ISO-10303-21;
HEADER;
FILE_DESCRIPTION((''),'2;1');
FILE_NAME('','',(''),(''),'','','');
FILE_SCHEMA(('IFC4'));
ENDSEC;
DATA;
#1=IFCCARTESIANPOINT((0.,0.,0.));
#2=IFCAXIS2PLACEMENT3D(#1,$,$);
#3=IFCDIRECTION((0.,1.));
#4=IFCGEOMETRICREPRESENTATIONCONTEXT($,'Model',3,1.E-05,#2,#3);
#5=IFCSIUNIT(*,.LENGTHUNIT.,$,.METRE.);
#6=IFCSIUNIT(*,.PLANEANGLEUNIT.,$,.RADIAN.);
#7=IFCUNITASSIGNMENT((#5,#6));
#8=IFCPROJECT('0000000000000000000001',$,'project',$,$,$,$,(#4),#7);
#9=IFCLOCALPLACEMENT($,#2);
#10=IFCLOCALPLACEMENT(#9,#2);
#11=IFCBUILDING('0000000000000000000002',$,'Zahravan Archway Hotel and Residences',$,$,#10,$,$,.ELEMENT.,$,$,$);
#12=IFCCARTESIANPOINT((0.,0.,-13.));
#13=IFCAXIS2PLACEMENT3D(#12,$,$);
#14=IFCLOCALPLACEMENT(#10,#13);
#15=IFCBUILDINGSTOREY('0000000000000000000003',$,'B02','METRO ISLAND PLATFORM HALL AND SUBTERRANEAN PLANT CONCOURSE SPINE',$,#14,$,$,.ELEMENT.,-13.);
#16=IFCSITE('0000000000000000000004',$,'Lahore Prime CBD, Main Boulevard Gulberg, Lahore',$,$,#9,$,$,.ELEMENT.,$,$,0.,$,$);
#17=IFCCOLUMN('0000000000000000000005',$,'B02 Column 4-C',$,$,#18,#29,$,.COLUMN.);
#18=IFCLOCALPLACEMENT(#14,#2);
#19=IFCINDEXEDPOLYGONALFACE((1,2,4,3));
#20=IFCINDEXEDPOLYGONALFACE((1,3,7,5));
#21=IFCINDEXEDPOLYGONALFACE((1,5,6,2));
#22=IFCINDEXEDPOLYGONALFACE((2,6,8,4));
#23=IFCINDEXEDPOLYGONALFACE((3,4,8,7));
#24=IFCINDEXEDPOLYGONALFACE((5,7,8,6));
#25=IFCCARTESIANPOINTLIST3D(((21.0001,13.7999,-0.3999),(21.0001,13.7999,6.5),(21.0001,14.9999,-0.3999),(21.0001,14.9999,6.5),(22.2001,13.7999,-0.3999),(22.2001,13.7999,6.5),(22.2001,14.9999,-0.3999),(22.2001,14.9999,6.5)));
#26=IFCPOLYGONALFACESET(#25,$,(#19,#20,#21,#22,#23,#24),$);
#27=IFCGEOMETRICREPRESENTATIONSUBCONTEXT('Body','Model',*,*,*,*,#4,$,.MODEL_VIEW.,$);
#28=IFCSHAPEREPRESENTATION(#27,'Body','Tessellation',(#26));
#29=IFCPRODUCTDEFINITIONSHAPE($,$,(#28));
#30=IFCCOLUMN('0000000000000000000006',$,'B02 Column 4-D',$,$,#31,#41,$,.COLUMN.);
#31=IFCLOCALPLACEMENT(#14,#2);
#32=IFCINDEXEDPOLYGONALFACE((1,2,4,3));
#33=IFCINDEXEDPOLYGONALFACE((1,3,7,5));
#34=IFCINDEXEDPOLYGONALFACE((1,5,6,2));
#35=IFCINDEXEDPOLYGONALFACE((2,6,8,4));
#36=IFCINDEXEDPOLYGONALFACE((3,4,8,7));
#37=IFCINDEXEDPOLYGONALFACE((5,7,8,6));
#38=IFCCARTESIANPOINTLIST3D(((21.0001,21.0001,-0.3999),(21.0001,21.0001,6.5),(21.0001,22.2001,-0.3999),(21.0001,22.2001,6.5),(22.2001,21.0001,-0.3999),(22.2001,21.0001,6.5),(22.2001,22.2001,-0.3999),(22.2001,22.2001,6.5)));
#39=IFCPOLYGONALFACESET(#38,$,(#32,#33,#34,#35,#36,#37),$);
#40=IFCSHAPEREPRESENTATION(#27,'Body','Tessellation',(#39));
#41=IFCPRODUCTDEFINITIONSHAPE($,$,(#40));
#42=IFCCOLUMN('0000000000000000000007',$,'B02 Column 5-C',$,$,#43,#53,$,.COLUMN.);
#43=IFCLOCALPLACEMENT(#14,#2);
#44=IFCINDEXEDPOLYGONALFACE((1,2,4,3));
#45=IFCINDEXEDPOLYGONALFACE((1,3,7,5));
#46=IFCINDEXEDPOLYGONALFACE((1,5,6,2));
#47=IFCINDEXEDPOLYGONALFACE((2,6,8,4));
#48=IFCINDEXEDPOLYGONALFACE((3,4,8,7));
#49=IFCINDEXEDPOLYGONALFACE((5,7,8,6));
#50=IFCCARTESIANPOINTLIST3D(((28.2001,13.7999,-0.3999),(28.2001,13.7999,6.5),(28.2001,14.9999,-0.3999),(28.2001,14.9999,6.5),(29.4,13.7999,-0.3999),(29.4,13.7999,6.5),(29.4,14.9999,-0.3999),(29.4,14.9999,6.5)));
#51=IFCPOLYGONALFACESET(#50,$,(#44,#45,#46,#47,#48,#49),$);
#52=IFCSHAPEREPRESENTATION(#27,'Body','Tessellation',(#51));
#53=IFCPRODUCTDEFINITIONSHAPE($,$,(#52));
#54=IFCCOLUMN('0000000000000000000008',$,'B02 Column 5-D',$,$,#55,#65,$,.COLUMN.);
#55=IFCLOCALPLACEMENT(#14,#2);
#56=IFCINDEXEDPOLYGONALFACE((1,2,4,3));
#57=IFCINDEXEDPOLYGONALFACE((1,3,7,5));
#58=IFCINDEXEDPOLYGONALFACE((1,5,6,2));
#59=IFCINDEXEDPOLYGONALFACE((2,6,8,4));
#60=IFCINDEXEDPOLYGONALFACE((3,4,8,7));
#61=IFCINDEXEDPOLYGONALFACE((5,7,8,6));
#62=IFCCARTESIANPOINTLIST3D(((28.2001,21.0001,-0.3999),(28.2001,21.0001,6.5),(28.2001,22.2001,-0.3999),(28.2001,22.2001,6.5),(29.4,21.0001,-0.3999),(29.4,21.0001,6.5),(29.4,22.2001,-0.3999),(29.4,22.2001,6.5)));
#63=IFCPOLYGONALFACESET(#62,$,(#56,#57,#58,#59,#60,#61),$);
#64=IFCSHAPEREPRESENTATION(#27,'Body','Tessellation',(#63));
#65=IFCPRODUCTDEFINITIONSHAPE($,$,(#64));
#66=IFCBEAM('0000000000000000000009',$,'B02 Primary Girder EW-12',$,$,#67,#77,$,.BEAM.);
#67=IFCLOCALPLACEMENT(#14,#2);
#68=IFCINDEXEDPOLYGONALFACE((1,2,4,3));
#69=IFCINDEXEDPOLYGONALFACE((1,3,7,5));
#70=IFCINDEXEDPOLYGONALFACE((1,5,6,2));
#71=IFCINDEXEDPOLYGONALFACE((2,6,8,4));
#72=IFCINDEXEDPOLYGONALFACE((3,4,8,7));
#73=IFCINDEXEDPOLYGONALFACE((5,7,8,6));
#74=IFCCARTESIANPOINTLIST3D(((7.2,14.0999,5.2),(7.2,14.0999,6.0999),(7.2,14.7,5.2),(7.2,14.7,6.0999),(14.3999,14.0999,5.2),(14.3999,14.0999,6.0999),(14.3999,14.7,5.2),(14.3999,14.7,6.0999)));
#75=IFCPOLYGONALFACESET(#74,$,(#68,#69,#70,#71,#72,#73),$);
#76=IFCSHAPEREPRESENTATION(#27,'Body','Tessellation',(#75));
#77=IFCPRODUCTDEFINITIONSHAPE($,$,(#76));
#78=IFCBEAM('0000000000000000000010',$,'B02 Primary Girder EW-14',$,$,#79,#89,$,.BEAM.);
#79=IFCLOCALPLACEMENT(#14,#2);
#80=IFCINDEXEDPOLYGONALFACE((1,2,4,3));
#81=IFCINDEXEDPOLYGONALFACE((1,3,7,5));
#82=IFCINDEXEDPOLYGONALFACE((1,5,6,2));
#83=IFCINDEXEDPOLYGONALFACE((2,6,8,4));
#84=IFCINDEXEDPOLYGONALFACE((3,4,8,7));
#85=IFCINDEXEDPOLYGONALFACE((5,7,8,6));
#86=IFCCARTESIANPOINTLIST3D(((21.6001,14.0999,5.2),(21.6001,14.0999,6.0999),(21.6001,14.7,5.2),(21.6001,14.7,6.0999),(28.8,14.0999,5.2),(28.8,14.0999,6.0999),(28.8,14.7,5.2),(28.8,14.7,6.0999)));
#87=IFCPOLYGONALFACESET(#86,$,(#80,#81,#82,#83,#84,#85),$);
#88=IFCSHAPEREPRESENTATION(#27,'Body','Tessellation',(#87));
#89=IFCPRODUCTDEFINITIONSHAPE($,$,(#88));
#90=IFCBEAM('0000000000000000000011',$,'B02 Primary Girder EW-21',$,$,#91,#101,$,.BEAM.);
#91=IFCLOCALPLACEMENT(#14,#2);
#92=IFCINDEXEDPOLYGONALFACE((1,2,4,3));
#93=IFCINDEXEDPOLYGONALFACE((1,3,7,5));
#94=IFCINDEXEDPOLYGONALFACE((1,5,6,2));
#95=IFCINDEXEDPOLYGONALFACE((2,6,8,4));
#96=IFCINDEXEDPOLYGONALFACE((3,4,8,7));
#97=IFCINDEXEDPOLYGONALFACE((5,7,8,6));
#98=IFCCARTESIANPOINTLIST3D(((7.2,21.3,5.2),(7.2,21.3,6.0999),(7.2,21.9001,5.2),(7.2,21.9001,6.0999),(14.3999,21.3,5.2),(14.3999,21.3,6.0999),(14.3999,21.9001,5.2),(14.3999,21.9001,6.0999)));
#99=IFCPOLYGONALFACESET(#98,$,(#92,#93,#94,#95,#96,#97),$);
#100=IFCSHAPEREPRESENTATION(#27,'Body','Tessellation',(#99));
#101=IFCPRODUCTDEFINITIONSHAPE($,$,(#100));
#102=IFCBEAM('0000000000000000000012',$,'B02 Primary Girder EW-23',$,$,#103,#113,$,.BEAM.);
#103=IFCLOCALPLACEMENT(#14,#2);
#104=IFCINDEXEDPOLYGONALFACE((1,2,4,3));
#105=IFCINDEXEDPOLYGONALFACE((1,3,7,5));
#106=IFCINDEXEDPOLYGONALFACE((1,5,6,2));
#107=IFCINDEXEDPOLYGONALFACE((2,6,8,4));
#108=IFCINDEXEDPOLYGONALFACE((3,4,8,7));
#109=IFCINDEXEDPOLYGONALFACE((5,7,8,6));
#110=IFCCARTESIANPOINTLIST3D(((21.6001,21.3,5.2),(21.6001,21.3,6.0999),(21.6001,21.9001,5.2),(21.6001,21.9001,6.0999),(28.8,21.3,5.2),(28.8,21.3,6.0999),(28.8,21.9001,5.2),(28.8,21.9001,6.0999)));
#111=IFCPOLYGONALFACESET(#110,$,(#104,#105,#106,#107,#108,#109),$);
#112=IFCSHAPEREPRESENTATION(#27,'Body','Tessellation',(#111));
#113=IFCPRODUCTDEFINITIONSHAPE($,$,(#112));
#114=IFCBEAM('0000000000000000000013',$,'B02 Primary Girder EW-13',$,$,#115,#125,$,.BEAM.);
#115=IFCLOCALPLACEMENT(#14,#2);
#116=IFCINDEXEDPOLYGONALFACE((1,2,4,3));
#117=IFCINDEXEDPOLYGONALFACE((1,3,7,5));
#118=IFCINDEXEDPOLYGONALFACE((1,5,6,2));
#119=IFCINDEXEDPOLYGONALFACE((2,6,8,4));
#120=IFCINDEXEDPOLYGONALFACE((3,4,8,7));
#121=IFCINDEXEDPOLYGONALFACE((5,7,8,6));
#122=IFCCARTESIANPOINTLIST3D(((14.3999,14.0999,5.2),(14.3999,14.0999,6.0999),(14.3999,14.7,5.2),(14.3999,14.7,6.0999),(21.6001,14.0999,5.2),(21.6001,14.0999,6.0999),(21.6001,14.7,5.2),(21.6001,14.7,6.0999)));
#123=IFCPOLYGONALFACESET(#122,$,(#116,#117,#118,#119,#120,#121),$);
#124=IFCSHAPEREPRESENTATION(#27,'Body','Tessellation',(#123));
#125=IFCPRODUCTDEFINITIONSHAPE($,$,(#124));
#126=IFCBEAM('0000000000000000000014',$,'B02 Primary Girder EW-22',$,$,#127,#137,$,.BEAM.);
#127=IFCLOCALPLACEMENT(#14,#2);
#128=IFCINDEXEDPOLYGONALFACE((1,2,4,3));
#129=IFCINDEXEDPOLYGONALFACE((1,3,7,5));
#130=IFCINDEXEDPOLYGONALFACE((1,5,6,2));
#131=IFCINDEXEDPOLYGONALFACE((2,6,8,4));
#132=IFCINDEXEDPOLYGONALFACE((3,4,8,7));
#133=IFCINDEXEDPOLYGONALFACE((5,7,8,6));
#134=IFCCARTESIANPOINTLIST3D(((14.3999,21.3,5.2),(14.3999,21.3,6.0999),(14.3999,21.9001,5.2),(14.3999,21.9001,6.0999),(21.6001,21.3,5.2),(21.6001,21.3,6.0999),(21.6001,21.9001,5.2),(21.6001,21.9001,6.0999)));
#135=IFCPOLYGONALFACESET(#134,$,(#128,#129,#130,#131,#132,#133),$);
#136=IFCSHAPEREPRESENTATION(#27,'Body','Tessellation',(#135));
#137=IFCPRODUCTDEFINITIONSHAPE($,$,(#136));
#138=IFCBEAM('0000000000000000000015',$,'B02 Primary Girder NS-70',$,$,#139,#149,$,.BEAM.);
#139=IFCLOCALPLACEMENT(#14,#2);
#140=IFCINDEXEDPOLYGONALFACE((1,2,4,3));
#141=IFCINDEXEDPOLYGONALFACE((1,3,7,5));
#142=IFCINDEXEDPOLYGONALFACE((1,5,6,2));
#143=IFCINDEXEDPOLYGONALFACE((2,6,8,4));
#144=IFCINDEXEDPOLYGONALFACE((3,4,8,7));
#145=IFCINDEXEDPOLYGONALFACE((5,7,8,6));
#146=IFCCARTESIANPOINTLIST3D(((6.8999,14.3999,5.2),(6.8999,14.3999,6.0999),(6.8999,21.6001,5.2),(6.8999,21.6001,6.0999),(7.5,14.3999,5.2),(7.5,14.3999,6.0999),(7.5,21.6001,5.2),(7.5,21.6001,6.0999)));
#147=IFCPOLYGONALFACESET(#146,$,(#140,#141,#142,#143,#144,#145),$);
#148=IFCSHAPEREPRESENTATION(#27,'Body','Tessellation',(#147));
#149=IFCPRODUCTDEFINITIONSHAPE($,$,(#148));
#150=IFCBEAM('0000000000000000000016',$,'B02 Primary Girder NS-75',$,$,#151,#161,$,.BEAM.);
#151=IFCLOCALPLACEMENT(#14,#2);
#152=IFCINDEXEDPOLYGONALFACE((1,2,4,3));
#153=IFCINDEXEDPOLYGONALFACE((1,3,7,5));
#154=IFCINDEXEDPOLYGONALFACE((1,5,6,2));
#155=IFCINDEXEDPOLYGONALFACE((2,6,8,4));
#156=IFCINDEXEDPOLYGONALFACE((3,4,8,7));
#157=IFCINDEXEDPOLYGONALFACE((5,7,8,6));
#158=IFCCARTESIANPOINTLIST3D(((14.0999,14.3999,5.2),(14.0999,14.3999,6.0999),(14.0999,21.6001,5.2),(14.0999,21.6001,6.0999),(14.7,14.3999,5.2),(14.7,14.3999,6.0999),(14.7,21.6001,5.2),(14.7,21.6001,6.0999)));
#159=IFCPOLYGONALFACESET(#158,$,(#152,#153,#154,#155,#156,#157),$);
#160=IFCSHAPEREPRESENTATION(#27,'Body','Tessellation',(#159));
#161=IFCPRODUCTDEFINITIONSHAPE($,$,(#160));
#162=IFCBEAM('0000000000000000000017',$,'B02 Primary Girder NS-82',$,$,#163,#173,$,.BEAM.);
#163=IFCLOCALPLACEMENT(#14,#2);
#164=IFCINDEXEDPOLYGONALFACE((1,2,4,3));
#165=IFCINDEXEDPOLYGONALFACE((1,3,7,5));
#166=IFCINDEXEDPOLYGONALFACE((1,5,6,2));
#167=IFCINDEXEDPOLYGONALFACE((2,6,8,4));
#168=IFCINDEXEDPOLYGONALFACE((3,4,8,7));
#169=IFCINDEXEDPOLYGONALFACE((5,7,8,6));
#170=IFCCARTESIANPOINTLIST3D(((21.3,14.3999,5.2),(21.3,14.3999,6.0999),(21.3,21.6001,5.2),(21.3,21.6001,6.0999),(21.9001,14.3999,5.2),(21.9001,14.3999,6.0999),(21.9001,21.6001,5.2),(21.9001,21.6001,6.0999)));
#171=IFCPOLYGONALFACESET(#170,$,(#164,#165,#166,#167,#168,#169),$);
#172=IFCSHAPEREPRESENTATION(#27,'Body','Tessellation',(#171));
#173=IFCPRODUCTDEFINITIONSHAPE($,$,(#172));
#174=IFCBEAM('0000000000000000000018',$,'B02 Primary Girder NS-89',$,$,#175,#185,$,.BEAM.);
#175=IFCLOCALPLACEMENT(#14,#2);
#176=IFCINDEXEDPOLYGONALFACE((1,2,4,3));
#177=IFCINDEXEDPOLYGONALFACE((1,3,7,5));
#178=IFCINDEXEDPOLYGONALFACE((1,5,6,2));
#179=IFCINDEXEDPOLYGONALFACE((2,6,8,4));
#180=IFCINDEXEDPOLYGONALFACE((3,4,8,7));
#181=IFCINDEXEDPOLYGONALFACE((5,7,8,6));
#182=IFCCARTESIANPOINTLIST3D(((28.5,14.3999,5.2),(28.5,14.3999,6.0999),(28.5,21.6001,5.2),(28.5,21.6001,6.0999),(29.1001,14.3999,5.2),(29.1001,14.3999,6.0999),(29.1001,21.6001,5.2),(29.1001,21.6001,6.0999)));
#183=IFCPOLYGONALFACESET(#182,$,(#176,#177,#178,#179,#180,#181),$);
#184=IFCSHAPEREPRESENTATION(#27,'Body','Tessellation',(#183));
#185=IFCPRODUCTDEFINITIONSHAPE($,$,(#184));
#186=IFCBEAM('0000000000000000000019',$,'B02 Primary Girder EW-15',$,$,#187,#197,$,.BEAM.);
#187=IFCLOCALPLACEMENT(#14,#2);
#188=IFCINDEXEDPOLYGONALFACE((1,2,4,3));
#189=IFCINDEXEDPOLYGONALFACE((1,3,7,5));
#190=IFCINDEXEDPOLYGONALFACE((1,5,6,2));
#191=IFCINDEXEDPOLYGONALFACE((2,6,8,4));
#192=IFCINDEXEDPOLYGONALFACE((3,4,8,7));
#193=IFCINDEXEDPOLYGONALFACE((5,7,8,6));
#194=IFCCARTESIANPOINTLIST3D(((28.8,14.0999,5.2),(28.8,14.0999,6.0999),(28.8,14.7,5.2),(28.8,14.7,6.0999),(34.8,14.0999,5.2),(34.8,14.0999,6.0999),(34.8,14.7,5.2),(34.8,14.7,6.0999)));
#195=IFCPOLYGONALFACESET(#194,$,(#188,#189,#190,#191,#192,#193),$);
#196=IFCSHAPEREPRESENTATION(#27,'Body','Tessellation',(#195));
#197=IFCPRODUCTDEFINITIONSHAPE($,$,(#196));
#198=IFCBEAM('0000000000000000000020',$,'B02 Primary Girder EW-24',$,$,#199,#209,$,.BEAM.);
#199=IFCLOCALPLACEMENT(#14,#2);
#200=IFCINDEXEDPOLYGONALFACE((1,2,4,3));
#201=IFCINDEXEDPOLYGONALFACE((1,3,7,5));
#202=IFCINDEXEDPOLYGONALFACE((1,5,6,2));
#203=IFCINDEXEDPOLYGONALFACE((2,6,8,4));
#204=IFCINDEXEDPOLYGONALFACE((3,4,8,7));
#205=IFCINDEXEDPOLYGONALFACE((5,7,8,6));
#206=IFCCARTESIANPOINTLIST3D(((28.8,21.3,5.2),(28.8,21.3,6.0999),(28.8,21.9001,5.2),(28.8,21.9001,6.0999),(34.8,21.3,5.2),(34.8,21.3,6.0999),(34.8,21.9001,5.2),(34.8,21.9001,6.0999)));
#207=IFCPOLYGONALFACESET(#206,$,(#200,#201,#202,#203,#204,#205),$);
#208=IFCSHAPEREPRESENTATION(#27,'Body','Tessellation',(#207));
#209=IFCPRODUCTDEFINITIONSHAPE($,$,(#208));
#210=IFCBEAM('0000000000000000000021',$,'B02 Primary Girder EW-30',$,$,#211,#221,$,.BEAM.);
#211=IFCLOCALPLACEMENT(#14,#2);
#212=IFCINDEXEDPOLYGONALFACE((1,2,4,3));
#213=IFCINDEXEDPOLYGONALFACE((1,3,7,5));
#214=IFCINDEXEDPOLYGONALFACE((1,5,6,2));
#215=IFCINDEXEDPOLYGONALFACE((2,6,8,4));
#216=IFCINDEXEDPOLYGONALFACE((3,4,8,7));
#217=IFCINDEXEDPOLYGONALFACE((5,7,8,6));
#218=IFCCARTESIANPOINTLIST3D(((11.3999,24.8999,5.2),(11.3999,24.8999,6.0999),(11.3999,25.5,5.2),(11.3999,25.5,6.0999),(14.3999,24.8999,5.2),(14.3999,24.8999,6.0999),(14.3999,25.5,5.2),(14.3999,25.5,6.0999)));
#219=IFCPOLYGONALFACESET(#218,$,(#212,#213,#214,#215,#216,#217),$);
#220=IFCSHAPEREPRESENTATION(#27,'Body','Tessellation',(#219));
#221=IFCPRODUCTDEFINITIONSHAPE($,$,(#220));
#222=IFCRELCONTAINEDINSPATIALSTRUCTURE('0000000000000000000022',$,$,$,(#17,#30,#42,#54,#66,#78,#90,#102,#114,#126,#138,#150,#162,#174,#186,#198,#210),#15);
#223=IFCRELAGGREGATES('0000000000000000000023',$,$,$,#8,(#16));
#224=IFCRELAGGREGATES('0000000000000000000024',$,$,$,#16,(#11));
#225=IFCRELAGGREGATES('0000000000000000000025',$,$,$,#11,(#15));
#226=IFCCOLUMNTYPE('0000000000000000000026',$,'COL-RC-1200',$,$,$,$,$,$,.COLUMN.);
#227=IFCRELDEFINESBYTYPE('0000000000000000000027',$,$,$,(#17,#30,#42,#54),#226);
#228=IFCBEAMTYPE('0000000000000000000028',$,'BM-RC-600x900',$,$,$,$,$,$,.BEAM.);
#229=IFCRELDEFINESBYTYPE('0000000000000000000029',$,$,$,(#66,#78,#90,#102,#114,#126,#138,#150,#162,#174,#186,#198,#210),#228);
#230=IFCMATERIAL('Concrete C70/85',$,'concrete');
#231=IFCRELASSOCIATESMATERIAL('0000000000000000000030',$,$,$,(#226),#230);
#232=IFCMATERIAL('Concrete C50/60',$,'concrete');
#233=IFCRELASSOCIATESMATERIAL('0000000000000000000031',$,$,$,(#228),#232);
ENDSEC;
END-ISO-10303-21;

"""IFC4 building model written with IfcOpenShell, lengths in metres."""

from ifc_helpers import new_model, si_unit, direction, frame, origin, origin_2d, place, context, subcontext, project, spatial, rectangle, extrude, source, transform, mapped, material, material_profile, profile_set, type_object, type_shapes, element, save


model = new_model("IFC4")

# Units and contexts
model_context = context("Model", 3, precision=1e-05, world=origin(), true_north=direction((0.0, 1.0)))
body_context = subcontext(model_context, "Body", "Model", "MODEL_VIEW")
ifc_project = project(units=[si_unit("LENGTHUNIT", "METRE"), si_unit("PLANEANGLEUNIT", "RADIAN")], contexts=[model_context])

# Site, building, storey
site_placement = place(None, origin())
site = spatial("IfcSite", under=ifc_project, at=site_placement, Name="Lahore Prime CBD, Main Boulevard Gulberg, Lahore", CompositionType="ELEMENT", RefElevation=0.0)
building_placement = place(site_placement, origin())
building = spatial("IfcBuilding", under=site, at=building_placement, Name="Zahravan Archway Hotel and Residences", CompositionType="ELEMENT")
storey_placement = place(building_placement, frame((0.0, 0.0, -13.0)))
storey = spatial("IfcBuildingStorey", under=building, at=storey_placement, Name="B02", Description="METRO ISLAND PLATFORM HALL AND SUBTERRANEAN PLANT CONCOURSE SPINE", CompositionType="ELEMENT", Elevation=-13.0)

# Shared definitions
ifc_material_1 = material(Name="Concrete C50/60", Category="concrete")

# Columns
ifc_material_2 = material(Name="Concrete C70/85", Category="concrete")
ifc_material_profile_1 = material_profile(ifc_material_2, rectangle(XDim=1.2, YDim=1.2, at=origin_2d()), Name="RC-COL-1200x1200", Category="concrete")
ifc_profile_set_1 = profile_set([ifc_material_profile_1], Name="Concrete C70/85")
column_type = type_object("IfcColumnType", Name="COL-RC-1200", PredefinedType="COLUMN", material=ifc_profile_set_1)
shared_shape_1 = source(origin(), body_context, "Body", "SweptSolid", [
    extrude(rectangle(XDim=1.2, YDim=1.2, at=origin_2d()), origin(), (0.0, 0.0, 1.0), 6.8999),
])
type_shapes(column_type, [shared_shape_1])
for number, where, z_axis, x_axis, name in (
    (1, (21.6001, 14.3999, -0.3999), (0.0, 0.0, 1.0), (1.0, 0.0, 0.0), "B02 Column 4-C"),
    (2, (21.6001, 21.6001, -0.3999), (0.0, 0.0, 1.0), (1.0, 0.0, 0.0), "B02 Column 4-D"),
    (3, (28.8, 14.3999, -0.3999), (0.0, 0.0, 1.0), (1.0, 0.0, 0.0), "B02 Column 5-C"),
    (4, (28.8, 21.6001, -0.3999), (0.0, 0.0, 1.0), (1.0, 0.0, 0.0), "B02 Column 5-D"),
):
    element("IfcColumn", number, at=place(storey_placement, frame(where, z_axis=z_axis, x_axis=x_axis)), inside=storey, type_object=column_type, Name=name, PredefinedType="COLUMN", context=body_context, shape_type="MappedRepresentation", body=[
        mapped(shared_shape_1, transform((0.0, 0.0, 0.0), scale=1.0)),
    ])

# Beams
ifc_material_profile_2 = material_profile(ifc_material_1, rectangle(XDim=0.6001, YDim=0.8999, at=origin_2d()), Name="RC-BM-600x900", Category="concrete")
ifc_profile_set_2 = profile_set([ifc_material_profile_2], Name="Concrete C50/60")
beam_type_1 = type_object("IfcBeamType", Name="BM-RC-600x900", PredefinedType="BEAM", material=ifc_profile_set_2)
shared_shape_2 = source(origin(), body_context, "Body", "SweptSolid", [
    extrude(rectangle(XDim=0.6001, YDim=0.8999, at=origin_2d()), origin(), (0.0, 0.0, 1.0), 7.2),
])
for number, where, z_axis, x_axis, name in (
    (5, (7.2, 14.3999, 5.6499), (1.0, 0.0, 0.0), (0.0, 1.0, 0.0), "B02 Primary Girder EW-12"),
    (6, (21.6001, 14.3999, 5.6499), (1.0, 0.0, 0.0), (0.0, 1.0, 0.0), "B02 Primary Girder EW-14"),
    (7, (7.2, 21.6001, 5.6499), (1.0, 0.0, 0.0), (0.0, 1.0, 0.0), "B02 Primary Girder EW-21"),
    (8, (21.6001, 21.6001, 5.6499), (1.0, 0.0, 0.0), (0.0, 1.0, 0.0), "B02 Primary Girder EW-23"),
):
    element("IfcBeam", number, at=place(storey_placement, frame(where, z_axis=z_axis, x_axis=x_axis)), inside=storey, type_object=beam_type_1, Name=name, PredefinedType="BEAM", context=body_context, shape_type="MappedRepresentation", body=[
        mapped(shared_shape_2, transform((0.0, 0.0, 0.0), scale=1.0)),
    ])
shared_shape_3 = source(origin(), body_context, "Body", "SweptSolid", [
    extrude(rectangle(XDim=0.6001, YDim=0.8999, at=origin_2d()), origin(), (0.0, 0.0, 1.0), 7.2002),
])
for number, where, z_axis, x_axis, name in (
    (9, (14.3999, 14.3999, 5.6499), (1.0, 0.0, 0.0), (0.0, 1.0, 0.0), "B02 Primary Girder EW-13"),
    (10, (14.3999, 21.6001, 5.6499), (1.0, 0.0, 0.0), (0.0, 1.0, 0.0), "B02 Primary Girder EW-22"),
    (11, (7.2, 14.3999, 5.6499), (0.0, 1.0, 0.0), (-1.0, 0.0, 0.0), "B02 Primary Girder NS-70"),
    (12, (14.3999, 14.3999, 5.6499), (0.0, 1.0, 0.0), (-1.0, 0.0, 0.0), "B02 Primary Girder NS-75"),
    (13, (21.6001, 14.3999, 5.6499), (0.0, 1.0, 0.0), (-1.0, 0.0, 0.0), "B02 Primary Girder NS-82"),
    (14, (28.8, 14.3999, 5.6499), (0.0, 1.0, 0.0), (-1.0, 0.0, 0.0), "B02 Primary Girder NS-89"),
):
    element("IfcBeam", number, at=place(storey_placement, frame(where, z_axis=z_axis, x_axis=x_axis)), inside=storey, type_object=beam_type_1, Name=name, PredefinedType="BEAM", context=body_context, shape_type="MappedRepresentation", body=[
        mapped(shared_shape_3, transform((0.0, 0.0, 0.0), scale=1.0)),
    ])
shared_shape_4 = source(origin(), body_context, "Body", "SweptSolid", [
    extrude(rectangle(XDim=0.6001, YDim=0.8999, at=origin_2d()), origin(), (0.0, 0.0, 1.0), 6.0),
])
for number, where, z_axis, x_axis, name in (
    (15, (28.8, 14.3999, 5.6499), (1.0, 0.0, 0.0), (0.0, 1.0, 0.0), "B02 Primary Girder EW-15"),
    (16, (28.8, 21.6001, 5.6499), (1.0, 0.0, 0.0), (0.0, 1.0, 0.0), "B02 Primary Girder EW-24"),
):
    element("IfcBeam", number, at=place(storey_placement, frame(where, z_axis=z_axis, x_axis=x_axis)), inside=storey, type_object=beam_type_1, Name=name, PredefinedType="BEAM", context=body_context, shape_type="MappedRepresentation", body=[
        mapped(shared_shape_4, transform((0.0, 0.0, 0.0), scale=1.0)),
    ])
shared_shape_5 = source(origin(), body_context, "Body", "SweptSolid", [
    extrude(rectangle(XDim=0.6001, YDim=0.8999, at=origin_2d()), origin(), (0.0, 0.0, 1.0), 3.0),
])
beam_placement = place(storey_placement, frame((11.3999, 25.2, 5.6499), z_axis=(1.0, 0.0, 0.0), x_axis=(0.0, 1.0, 0.0)))
element("IfcBeam", 17, at=beam_placement, inside=storey, type_object=beam_type_1, Name="B02 Primary Girder EW-30", PredefinedType="BEAM", context=body_context, shape_type="MappedRepresentation", body=[
    mapped(shared_shape_5, transform((0.0, 0.0, 0.0), scale=1.0)),
])

save(model, "model.ifc")
